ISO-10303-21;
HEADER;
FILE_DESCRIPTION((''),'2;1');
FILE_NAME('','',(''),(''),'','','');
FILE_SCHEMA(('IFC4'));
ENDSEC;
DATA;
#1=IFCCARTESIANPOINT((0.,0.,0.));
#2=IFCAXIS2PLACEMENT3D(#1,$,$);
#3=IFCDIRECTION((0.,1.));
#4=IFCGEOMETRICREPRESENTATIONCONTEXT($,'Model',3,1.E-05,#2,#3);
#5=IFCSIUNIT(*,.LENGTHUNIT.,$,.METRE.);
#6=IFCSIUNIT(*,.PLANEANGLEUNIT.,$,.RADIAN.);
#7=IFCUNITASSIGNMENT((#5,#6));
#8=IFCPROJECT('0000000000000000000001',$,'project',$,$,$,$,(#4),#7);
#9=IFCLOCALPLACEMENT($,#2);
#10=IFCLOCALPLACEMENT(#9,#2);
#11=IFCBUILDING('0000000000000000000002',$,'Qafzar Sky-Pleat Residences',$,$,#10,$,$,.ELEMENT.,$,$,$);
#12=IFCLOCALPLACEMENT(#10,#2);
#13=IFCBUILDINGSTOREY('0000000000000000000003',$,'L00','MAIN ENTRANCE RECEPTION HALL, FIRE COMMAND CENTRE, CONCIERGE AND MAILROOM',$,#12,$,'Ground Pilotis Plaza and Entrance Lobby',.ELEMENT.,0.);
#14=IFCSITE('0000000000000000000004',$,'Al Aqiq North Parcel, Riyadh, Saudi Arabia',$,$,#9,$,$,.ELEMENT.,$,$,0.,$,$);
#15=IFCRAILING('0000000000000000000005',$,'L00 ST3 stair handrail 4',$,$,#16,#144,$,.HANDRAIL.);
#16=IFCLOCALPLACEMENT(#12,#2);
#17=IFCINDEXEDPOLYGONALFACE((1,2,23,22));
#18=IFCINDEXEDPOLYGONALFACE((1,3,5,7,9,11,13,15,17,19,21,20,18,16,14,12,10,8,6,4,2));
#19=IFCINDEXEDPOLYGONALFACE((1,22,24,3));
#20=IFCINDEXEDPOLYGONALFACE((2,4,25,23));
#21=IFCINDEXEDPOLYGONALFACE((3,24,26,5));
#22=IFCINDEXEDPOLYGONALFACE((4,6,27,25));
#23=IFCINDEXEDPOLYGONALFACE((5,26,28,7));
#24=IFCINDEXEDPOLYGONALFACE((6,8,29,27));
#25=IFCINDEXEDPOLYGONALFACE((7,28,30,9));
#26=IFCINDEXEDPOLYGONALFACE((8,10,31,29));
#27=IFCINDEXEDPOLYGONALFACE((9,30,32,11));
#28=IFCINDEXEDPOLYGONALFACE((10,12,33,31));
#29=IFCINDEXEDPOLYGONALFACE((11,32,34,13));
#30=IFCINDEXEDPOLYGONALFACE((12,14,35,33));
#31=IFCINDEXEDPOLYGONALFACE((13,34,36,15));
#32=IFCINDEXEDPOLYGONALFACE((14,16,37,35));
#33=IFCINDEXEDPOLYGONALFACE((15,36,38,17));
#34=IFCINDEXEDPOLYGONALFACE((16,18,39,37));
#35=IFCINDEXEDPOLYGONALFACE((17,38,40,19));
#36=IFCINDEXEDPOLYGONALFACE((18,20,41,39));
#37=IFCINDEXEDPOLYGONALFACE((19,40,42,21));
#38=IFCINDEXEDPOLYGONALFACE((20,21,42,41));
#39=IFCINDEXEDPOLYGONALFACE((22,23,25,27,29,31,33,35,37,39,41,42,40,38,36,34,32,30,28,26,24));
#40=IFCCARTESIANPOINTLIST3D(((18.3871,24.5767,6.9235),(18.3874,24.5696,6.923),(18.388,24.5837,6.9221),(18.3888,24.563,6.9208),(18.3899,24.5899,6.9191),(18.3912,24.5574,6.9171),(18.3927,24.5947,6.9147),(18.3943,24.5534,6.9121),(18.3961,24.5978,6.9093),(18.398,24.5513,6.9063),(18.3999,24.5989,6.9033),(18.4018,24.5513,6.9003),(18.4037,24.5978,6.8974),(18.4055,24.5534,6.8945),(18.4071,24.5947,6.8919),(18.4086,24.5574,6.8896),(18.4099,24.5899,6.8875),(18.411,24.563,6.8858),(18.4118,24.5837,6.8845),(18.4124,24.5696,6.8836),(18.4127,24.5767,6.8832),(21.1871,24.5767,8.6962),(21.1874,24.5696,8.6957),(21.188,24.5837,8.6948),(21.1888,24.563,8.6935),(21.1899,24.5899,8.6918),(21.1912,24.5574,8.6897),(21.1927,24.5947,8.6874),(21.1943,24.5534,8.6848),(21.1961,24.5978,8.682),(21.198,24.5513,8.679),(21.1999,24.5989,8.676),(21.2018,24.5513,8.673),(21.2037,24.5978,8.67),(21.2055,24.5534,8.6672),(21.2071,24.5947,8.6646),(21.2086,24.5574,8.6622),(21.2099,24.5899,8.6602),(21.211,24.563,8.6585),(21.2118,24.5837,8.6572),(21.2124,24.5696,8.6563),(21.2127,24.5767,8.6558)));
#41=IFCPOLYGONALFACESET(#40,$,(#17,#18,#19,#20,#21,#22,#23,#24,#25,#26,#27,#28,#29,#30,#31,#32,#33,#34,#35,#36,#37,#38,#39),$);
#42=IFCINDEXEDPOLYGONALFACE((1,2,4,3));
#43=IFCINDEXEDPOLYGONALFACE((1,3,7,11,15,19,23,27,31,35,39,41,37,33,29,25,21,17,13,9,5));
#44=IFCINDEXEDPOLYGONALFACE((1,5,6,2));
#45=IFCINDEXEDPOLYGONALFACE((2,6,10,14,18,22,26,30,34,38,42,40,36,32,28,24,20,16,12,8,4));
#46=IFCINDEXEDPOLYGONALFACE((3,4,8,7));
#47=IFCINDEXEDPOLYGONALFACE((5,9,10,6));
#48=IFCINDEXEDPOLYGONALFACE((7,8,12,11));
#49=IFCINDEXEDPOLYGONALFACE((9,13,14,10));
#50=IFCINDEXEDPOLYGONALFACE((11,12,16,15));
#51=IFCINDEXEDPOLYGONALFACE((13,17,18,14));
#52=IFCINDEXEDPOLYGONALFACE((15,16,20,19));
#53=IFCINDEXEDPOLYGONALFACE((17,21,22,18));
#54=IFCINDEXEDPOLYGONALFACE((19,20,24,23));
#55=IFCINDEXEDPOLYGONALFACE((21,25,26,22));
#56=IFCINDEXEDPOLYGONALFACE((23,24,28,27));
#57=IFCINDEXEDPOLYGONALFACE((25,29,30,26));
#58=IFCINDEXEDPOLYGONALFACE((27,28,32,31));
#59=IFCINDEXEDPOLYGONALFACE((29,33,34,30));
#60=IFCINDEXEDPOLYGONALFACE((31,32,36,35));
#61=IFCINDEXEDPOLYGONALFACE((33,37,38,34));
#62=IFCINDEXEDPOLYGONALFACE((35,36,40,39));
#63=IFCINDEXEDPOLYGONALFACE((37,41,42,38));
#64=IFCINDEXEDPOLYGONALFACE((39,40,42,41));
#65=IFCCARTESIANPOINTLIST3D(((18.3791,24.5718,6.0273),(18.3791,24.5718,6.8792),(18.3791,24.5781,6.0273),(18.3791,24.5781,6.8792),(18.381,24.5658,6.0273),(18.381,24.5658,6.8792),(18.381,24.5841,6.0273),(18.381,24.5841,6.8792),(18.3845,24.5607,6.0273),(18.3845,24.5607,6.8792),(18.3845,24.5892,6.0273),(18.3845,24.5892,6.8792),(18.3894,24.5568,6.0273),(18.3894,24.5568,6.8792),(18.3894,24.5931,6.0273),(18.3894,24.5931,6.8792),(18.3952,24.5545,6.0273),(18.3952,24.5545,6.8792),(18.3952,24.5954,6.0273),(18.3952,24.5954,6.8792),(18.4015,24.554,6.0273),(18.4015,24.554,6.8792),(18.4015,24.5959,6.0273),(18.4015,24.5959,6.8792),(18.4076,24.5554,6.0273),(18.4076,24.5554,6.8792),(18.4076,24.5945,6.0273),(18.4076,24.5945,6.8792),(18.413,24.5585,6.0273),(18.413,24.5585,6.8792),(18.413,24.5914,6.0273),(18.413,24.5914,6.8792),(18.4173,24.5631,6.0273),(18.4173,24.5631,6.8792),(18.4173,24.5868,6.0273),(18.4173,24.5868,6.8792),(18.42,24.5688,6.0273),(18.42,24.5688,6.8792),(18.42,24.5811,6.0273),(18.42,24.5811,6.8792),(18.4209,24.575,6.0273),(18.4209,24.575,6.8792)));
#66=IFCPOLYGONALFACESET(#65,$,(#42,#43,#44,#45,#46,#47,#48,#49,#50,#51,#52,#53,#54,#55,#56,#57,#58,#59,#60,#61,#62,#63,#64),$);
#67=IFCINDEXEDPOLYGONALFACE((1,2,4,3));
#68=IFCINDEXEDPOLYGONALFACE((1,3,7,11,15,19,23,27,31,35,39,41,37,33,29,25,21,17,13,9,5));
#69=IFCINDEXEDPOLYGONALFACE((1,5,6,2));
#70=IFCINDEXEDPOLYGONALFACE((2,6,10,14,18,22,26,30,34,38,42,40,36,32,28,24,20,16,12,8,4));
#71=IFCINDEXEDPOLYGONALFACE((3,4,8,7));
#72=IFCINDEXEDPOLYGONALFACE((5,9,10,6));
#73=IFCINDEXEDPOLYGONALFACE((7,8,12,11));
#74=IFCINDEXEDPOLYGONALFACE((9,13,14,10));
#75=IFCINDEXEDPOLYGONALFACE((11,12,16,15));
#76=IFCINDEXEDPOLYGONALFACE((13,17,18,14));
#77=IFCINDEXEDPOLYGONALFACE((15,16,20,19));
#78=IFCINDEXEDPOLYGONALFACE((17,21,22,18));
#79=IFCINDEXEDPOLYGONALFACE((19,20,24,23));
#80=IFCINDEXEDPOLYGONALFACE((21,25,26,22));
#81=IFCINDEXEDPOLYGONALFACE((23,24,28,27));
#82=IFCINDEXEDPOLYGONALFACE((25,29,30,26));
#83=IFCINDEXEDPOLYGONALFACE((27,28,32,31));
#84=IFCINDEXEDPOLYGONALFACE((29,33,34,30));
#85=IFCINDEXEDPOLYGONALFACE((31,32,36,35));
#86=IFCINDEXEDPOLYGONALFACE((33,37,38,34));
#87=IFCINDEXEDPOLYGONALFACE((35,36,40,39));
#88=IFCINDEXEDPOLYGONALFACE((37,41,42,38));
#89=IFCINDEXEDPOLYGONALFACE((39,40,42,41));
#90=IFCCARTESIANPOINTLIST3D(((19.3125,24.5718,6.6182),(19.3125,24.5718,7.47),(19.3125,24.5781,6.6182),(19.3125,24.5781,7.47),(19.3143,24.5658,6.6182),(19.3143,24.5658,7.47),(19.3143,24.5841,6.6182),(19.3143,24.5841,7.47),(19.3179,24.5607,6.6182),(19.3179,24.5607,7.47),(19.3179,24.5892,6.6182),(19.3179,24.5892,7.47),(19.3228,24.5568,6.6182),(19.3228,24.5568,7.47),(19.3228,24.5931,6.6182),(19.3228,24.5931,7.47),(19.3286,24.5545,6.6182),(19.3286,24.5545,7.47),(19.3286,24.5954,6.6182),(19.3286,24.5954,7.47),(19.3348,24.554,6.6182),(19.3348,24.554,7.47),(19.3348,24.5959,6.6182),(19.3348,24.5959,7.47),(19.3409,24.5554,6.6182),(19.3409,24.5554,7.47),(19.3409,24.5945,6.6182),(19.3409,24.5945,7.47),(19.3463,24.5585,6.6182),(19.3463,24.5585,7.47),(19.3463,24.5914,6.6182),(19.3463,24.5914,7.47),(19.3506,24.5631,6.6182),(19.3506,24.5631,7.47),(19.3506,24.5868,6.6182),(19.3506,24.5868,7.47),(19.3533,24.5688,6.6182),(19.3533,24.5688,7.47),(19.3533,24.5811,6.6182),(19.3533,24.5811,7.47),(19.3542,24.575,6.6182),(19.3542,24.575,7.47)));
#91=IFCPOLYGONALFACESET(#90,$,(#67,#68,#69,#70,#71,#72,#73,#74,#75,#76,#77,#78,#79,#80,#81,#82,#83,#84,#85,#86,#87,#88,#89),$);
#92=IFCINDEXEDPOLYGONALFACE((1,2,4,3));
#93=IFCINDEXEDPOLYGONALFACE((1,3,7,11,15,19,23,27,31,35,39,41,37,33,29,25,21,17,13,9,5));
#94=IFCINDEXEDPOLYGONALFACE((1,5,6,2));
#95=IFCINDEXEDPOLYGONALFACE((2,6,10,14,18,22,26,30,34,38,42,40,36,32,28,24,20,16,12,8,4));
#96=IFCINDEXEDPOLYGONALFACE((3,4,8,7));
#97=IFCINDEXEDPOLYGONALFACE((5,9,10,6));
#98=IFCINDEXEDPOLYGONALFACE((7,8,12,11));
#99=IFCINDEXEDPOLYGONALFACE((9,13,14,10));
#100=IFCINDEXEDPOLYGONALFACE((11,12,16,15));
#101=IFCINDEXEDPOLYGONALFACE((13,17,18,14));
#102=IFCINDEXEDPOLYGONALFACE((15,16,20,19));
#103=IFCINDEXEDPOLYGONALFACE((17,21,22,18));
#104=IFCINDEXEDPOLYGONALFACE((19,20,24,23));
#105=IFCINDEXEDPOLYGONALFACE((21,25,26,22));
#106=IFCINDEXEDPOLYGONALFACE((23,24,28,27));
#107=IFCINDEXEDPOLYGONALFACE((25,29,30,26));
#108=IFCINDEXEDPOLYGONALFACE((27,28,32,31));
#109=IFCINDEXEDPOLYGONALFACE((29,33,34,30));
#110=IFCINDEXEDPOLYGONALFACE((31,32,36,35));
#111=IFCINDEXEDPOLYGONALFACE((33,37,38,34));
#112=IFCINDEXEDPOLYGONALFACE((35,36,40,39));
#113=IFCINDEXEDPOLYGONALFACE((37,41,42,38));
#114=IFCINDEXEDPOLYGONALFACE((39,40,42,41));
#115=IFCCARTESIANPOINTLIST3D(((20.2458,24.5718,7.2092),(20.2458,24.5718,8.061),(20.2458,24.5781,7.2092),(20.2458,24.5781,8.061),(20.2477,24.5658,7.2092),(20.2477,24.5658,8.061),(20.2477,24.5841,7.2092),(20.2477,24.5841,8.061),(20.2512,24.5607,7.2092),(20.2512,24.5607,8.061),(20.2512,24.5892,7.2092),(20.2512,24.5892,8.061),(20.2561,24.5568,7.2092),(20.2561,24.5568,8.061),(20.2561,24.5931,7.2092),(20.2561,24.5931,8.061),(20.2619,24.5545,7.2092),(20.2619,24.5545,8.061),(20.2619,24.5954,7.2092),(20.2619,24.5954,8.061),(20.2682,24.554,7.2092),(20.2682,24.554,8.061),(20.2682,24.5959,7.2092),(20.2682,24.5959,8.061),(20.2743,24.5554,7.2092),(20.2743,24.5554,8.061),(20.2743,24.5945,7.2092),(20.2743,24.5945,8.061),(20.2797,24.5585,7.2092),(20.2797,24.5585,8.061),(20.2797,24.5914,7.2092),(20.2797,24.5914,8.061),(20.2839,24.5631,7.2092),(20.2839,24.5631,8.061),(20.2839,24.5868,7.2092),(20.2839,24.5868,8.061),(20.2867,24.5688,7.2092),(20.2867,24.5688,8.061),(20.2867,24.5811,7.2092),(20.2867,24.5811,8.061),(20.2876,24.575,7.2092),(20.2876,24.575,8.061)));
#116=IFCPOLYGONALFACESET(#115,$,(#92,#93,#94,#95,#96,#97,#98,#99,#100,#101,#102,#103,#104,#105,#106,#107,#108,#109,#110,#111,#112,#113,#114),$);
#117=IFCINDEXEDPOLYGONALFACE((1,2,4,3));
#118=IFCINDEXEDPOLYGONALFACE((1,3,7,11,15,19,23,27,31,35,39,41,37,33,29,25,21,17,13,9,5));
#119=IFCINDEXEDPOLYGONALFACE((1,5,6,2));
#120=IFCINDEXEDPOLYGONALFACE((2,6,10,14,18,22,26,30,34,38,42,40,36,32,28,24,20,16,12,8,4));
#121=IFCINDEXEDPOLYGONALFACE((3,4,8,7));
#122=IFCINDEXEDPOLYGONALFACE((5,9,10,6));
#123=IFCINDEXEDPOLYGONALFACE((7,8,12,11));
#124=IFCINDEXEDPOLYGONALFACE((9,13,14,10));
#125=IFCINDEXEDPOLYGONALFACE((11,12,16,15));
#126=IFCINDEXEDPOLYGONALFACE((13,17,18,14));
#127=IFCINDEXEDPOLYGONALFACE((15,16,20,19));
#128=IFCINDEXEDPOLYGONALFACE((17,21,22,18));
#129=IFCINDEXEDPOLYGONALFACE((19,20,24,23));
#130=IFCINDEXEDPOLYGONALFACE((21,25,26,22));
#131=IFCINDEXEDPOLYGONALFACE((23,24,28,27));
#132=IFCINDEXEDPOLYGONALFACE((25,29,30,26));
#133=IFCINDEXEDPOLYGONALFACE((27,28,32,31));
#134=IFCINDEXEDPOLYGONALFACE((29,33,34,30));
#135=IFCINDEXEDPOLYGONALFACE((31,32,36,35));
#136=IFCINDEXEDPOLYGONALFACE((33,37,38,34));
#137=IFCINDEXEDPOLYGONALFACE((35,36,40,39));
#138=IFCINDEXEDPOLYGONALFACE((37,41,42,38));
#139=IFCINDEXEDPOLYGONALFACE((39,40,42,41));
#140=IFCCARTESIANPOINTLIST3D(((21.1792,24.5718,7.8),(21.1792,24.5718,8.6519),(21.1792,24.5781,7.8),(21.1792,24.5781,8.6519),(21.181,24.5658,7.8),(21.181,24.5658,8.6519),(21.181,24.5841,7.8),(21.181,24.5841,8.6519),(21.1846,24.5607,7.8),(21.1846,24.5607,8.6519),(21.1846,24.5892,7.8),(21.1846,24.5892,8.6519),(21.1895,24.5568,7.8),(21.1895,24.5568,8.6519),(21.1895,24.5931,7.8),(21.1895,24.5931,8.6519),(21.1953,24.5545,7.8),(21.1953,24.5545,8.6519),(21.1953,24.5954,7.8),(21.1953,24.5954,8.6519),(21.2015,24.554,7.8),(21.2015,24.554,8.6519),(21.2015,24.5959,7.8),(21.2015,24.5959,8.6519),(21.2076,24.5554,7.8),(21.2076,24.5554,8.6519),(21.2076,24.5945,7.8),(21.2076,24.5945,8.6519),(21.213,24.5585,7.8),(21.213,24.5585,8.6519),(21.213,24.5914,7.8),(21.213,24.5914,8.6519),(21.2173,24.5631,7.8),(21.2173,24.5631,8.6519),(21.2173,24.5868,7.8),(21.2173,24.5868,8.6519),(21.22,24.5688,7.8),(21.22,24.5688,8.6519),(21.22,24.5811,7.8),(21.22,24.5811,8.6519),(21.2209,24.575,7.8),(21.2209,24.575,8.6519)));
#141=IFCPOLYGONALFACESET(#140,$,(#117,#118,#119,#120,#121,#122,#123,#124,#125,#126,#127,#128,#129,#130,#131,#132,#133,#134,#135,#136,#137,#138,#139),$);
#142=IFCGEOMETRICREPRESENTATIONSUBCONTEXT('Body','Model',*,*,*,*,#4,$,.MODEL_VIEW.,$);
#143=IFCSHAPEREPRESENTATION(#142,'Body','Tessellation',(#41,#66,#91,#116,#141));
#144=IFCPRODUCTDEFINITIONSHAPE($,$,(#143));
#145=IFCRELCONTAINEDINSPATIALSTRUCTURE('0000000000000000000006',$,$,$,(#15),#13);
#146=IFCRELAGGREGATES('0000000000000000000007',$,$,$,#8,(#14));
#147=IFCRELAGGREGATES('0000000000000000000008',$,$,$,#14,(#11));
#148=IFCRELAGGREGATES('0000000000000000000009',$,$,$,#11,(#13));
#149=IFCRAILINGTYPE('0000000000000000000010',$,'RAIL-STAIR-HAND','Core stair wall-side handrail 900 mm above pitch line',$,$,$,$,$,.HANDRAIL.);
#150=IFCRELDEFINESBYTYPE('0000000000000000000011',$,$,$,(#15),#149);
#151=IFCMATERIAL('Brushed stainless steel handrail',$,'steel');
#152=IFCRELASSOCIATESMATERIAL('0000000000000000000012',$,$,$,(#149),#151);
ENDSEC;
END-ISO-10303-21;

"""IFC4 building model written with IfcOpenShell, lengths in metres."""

from ifc_helpers import new_model, si_unit, direction, frame, origin, origin_2d, place, context, subcontext, project, spatial, circle, extrude, source, transform, mapped, material, type_object, element, save


model = new_model("IFC4")

# Units and contexts
model_context = context("Model", 3, precision=1e-05, world=origin(), true_north=direction((0.0, 1.0)))
body_context = subcontext(model_context, "Body", "Model", "MODEL_VIEW")
ifc_project = project(units=[si_unit("LENGTHUNIT", "METRE"), si_unit("PLANEANGLEUNIT", "RADIAN")], contexts=[model_context])

# Site, building, storey
site_placement = place(None, origin())
site = spatial("IfcSite", under=ifc_project, at=site_placement, Name="Al Aqiq North Parcel, Riyadh, Saudi Arabia", CompositionType="ELEMENT", RefElevation=0.0)
building_placement = place(site_placement, origin())
building = spatial("IfcBuilding", under=site, at=building_placement, Name="Qafzar Sky-Pleat Residences", CompositionType="ELEMENT")
storey_placement = place(building_placement, origin())
storey = spatial("IfcBuildingStorey", under=building, at=storey_placement, Name="L00", Description="MAIN ENTRANCE RECEPTION HALL, FIRE COMMAND CENTRE, CONCIERGE AND MAILROOM", LongName="Ground Pilotis Plaza and Entrance Lobby", CompositionType="ELEMENT", Elevation=0.0)

# Railing
ifc_material_1 = material(Name="Brushed stainless steel handrail", Category="steel")
railing_type = type_object("IfcRailingType", Name="RAIL-STAIR-HAND", Description="Core stair wall-side handrail 900 mm above pitch line", PredefinedType="HANDRAIL", material=ifc_material_1)
shared_shape_1 = source(origin(), body_context, "Body", "SweptSolid", [
    extrude(circle(Radius=0.0239, at=origin_2d()), frame((0.0, 0.0, 0.876), z_axis=(0.844909, 0.0, 0.53491), x_axis=(0.0, 1.0, 0.0)), (0.0, 0.0, 1.0), 3.314),
    extrude(circle(Radius=0.021, at=origin_2d()), origin(), (0.0, 0.0, 1.0), 0.8518),
    extrude(circle(Radius=0.021, at=origin_2d()), frame((0.9333, 0.0, 0.5908)), (0.0, 0.0, 1.0), 0.8518),
    extrude(circle(Radius=0.021, at=origin_2d()), frame((1.8667, 0.0, 1.1819)), (0.0, 0.0, 1.0), 0.8518),
    extrude(circle(Radius=0.021, at=origin_2d()), frame((2.8, 0.0, 1.7727)), (0.0, 0.0, 1.0), 0.8518),
])
for number, where, name in (
    (1, (18.3999, 24.575, 6.0273), "L00 ST3 stair handrail 4"),
):
    element("IfcRailing", number, at=place(storey_placement, frame(where)), inside=storey, type_object=railing_type, Name=name, PredefinedType="HANDRAIL", context=body_context, shape_type="MappedRepresentation", body=[
        mapped(shared_shape_1, transform((0.0, 0.0, 0.0), x_axis=(1.0, 0.0, 0.0), y_axis=(0.0, 1.0, 0.0), z_axis=(0.0, 0.0, 1.0), scale=1.0)),
    ])

save(model, "model.ifc")
